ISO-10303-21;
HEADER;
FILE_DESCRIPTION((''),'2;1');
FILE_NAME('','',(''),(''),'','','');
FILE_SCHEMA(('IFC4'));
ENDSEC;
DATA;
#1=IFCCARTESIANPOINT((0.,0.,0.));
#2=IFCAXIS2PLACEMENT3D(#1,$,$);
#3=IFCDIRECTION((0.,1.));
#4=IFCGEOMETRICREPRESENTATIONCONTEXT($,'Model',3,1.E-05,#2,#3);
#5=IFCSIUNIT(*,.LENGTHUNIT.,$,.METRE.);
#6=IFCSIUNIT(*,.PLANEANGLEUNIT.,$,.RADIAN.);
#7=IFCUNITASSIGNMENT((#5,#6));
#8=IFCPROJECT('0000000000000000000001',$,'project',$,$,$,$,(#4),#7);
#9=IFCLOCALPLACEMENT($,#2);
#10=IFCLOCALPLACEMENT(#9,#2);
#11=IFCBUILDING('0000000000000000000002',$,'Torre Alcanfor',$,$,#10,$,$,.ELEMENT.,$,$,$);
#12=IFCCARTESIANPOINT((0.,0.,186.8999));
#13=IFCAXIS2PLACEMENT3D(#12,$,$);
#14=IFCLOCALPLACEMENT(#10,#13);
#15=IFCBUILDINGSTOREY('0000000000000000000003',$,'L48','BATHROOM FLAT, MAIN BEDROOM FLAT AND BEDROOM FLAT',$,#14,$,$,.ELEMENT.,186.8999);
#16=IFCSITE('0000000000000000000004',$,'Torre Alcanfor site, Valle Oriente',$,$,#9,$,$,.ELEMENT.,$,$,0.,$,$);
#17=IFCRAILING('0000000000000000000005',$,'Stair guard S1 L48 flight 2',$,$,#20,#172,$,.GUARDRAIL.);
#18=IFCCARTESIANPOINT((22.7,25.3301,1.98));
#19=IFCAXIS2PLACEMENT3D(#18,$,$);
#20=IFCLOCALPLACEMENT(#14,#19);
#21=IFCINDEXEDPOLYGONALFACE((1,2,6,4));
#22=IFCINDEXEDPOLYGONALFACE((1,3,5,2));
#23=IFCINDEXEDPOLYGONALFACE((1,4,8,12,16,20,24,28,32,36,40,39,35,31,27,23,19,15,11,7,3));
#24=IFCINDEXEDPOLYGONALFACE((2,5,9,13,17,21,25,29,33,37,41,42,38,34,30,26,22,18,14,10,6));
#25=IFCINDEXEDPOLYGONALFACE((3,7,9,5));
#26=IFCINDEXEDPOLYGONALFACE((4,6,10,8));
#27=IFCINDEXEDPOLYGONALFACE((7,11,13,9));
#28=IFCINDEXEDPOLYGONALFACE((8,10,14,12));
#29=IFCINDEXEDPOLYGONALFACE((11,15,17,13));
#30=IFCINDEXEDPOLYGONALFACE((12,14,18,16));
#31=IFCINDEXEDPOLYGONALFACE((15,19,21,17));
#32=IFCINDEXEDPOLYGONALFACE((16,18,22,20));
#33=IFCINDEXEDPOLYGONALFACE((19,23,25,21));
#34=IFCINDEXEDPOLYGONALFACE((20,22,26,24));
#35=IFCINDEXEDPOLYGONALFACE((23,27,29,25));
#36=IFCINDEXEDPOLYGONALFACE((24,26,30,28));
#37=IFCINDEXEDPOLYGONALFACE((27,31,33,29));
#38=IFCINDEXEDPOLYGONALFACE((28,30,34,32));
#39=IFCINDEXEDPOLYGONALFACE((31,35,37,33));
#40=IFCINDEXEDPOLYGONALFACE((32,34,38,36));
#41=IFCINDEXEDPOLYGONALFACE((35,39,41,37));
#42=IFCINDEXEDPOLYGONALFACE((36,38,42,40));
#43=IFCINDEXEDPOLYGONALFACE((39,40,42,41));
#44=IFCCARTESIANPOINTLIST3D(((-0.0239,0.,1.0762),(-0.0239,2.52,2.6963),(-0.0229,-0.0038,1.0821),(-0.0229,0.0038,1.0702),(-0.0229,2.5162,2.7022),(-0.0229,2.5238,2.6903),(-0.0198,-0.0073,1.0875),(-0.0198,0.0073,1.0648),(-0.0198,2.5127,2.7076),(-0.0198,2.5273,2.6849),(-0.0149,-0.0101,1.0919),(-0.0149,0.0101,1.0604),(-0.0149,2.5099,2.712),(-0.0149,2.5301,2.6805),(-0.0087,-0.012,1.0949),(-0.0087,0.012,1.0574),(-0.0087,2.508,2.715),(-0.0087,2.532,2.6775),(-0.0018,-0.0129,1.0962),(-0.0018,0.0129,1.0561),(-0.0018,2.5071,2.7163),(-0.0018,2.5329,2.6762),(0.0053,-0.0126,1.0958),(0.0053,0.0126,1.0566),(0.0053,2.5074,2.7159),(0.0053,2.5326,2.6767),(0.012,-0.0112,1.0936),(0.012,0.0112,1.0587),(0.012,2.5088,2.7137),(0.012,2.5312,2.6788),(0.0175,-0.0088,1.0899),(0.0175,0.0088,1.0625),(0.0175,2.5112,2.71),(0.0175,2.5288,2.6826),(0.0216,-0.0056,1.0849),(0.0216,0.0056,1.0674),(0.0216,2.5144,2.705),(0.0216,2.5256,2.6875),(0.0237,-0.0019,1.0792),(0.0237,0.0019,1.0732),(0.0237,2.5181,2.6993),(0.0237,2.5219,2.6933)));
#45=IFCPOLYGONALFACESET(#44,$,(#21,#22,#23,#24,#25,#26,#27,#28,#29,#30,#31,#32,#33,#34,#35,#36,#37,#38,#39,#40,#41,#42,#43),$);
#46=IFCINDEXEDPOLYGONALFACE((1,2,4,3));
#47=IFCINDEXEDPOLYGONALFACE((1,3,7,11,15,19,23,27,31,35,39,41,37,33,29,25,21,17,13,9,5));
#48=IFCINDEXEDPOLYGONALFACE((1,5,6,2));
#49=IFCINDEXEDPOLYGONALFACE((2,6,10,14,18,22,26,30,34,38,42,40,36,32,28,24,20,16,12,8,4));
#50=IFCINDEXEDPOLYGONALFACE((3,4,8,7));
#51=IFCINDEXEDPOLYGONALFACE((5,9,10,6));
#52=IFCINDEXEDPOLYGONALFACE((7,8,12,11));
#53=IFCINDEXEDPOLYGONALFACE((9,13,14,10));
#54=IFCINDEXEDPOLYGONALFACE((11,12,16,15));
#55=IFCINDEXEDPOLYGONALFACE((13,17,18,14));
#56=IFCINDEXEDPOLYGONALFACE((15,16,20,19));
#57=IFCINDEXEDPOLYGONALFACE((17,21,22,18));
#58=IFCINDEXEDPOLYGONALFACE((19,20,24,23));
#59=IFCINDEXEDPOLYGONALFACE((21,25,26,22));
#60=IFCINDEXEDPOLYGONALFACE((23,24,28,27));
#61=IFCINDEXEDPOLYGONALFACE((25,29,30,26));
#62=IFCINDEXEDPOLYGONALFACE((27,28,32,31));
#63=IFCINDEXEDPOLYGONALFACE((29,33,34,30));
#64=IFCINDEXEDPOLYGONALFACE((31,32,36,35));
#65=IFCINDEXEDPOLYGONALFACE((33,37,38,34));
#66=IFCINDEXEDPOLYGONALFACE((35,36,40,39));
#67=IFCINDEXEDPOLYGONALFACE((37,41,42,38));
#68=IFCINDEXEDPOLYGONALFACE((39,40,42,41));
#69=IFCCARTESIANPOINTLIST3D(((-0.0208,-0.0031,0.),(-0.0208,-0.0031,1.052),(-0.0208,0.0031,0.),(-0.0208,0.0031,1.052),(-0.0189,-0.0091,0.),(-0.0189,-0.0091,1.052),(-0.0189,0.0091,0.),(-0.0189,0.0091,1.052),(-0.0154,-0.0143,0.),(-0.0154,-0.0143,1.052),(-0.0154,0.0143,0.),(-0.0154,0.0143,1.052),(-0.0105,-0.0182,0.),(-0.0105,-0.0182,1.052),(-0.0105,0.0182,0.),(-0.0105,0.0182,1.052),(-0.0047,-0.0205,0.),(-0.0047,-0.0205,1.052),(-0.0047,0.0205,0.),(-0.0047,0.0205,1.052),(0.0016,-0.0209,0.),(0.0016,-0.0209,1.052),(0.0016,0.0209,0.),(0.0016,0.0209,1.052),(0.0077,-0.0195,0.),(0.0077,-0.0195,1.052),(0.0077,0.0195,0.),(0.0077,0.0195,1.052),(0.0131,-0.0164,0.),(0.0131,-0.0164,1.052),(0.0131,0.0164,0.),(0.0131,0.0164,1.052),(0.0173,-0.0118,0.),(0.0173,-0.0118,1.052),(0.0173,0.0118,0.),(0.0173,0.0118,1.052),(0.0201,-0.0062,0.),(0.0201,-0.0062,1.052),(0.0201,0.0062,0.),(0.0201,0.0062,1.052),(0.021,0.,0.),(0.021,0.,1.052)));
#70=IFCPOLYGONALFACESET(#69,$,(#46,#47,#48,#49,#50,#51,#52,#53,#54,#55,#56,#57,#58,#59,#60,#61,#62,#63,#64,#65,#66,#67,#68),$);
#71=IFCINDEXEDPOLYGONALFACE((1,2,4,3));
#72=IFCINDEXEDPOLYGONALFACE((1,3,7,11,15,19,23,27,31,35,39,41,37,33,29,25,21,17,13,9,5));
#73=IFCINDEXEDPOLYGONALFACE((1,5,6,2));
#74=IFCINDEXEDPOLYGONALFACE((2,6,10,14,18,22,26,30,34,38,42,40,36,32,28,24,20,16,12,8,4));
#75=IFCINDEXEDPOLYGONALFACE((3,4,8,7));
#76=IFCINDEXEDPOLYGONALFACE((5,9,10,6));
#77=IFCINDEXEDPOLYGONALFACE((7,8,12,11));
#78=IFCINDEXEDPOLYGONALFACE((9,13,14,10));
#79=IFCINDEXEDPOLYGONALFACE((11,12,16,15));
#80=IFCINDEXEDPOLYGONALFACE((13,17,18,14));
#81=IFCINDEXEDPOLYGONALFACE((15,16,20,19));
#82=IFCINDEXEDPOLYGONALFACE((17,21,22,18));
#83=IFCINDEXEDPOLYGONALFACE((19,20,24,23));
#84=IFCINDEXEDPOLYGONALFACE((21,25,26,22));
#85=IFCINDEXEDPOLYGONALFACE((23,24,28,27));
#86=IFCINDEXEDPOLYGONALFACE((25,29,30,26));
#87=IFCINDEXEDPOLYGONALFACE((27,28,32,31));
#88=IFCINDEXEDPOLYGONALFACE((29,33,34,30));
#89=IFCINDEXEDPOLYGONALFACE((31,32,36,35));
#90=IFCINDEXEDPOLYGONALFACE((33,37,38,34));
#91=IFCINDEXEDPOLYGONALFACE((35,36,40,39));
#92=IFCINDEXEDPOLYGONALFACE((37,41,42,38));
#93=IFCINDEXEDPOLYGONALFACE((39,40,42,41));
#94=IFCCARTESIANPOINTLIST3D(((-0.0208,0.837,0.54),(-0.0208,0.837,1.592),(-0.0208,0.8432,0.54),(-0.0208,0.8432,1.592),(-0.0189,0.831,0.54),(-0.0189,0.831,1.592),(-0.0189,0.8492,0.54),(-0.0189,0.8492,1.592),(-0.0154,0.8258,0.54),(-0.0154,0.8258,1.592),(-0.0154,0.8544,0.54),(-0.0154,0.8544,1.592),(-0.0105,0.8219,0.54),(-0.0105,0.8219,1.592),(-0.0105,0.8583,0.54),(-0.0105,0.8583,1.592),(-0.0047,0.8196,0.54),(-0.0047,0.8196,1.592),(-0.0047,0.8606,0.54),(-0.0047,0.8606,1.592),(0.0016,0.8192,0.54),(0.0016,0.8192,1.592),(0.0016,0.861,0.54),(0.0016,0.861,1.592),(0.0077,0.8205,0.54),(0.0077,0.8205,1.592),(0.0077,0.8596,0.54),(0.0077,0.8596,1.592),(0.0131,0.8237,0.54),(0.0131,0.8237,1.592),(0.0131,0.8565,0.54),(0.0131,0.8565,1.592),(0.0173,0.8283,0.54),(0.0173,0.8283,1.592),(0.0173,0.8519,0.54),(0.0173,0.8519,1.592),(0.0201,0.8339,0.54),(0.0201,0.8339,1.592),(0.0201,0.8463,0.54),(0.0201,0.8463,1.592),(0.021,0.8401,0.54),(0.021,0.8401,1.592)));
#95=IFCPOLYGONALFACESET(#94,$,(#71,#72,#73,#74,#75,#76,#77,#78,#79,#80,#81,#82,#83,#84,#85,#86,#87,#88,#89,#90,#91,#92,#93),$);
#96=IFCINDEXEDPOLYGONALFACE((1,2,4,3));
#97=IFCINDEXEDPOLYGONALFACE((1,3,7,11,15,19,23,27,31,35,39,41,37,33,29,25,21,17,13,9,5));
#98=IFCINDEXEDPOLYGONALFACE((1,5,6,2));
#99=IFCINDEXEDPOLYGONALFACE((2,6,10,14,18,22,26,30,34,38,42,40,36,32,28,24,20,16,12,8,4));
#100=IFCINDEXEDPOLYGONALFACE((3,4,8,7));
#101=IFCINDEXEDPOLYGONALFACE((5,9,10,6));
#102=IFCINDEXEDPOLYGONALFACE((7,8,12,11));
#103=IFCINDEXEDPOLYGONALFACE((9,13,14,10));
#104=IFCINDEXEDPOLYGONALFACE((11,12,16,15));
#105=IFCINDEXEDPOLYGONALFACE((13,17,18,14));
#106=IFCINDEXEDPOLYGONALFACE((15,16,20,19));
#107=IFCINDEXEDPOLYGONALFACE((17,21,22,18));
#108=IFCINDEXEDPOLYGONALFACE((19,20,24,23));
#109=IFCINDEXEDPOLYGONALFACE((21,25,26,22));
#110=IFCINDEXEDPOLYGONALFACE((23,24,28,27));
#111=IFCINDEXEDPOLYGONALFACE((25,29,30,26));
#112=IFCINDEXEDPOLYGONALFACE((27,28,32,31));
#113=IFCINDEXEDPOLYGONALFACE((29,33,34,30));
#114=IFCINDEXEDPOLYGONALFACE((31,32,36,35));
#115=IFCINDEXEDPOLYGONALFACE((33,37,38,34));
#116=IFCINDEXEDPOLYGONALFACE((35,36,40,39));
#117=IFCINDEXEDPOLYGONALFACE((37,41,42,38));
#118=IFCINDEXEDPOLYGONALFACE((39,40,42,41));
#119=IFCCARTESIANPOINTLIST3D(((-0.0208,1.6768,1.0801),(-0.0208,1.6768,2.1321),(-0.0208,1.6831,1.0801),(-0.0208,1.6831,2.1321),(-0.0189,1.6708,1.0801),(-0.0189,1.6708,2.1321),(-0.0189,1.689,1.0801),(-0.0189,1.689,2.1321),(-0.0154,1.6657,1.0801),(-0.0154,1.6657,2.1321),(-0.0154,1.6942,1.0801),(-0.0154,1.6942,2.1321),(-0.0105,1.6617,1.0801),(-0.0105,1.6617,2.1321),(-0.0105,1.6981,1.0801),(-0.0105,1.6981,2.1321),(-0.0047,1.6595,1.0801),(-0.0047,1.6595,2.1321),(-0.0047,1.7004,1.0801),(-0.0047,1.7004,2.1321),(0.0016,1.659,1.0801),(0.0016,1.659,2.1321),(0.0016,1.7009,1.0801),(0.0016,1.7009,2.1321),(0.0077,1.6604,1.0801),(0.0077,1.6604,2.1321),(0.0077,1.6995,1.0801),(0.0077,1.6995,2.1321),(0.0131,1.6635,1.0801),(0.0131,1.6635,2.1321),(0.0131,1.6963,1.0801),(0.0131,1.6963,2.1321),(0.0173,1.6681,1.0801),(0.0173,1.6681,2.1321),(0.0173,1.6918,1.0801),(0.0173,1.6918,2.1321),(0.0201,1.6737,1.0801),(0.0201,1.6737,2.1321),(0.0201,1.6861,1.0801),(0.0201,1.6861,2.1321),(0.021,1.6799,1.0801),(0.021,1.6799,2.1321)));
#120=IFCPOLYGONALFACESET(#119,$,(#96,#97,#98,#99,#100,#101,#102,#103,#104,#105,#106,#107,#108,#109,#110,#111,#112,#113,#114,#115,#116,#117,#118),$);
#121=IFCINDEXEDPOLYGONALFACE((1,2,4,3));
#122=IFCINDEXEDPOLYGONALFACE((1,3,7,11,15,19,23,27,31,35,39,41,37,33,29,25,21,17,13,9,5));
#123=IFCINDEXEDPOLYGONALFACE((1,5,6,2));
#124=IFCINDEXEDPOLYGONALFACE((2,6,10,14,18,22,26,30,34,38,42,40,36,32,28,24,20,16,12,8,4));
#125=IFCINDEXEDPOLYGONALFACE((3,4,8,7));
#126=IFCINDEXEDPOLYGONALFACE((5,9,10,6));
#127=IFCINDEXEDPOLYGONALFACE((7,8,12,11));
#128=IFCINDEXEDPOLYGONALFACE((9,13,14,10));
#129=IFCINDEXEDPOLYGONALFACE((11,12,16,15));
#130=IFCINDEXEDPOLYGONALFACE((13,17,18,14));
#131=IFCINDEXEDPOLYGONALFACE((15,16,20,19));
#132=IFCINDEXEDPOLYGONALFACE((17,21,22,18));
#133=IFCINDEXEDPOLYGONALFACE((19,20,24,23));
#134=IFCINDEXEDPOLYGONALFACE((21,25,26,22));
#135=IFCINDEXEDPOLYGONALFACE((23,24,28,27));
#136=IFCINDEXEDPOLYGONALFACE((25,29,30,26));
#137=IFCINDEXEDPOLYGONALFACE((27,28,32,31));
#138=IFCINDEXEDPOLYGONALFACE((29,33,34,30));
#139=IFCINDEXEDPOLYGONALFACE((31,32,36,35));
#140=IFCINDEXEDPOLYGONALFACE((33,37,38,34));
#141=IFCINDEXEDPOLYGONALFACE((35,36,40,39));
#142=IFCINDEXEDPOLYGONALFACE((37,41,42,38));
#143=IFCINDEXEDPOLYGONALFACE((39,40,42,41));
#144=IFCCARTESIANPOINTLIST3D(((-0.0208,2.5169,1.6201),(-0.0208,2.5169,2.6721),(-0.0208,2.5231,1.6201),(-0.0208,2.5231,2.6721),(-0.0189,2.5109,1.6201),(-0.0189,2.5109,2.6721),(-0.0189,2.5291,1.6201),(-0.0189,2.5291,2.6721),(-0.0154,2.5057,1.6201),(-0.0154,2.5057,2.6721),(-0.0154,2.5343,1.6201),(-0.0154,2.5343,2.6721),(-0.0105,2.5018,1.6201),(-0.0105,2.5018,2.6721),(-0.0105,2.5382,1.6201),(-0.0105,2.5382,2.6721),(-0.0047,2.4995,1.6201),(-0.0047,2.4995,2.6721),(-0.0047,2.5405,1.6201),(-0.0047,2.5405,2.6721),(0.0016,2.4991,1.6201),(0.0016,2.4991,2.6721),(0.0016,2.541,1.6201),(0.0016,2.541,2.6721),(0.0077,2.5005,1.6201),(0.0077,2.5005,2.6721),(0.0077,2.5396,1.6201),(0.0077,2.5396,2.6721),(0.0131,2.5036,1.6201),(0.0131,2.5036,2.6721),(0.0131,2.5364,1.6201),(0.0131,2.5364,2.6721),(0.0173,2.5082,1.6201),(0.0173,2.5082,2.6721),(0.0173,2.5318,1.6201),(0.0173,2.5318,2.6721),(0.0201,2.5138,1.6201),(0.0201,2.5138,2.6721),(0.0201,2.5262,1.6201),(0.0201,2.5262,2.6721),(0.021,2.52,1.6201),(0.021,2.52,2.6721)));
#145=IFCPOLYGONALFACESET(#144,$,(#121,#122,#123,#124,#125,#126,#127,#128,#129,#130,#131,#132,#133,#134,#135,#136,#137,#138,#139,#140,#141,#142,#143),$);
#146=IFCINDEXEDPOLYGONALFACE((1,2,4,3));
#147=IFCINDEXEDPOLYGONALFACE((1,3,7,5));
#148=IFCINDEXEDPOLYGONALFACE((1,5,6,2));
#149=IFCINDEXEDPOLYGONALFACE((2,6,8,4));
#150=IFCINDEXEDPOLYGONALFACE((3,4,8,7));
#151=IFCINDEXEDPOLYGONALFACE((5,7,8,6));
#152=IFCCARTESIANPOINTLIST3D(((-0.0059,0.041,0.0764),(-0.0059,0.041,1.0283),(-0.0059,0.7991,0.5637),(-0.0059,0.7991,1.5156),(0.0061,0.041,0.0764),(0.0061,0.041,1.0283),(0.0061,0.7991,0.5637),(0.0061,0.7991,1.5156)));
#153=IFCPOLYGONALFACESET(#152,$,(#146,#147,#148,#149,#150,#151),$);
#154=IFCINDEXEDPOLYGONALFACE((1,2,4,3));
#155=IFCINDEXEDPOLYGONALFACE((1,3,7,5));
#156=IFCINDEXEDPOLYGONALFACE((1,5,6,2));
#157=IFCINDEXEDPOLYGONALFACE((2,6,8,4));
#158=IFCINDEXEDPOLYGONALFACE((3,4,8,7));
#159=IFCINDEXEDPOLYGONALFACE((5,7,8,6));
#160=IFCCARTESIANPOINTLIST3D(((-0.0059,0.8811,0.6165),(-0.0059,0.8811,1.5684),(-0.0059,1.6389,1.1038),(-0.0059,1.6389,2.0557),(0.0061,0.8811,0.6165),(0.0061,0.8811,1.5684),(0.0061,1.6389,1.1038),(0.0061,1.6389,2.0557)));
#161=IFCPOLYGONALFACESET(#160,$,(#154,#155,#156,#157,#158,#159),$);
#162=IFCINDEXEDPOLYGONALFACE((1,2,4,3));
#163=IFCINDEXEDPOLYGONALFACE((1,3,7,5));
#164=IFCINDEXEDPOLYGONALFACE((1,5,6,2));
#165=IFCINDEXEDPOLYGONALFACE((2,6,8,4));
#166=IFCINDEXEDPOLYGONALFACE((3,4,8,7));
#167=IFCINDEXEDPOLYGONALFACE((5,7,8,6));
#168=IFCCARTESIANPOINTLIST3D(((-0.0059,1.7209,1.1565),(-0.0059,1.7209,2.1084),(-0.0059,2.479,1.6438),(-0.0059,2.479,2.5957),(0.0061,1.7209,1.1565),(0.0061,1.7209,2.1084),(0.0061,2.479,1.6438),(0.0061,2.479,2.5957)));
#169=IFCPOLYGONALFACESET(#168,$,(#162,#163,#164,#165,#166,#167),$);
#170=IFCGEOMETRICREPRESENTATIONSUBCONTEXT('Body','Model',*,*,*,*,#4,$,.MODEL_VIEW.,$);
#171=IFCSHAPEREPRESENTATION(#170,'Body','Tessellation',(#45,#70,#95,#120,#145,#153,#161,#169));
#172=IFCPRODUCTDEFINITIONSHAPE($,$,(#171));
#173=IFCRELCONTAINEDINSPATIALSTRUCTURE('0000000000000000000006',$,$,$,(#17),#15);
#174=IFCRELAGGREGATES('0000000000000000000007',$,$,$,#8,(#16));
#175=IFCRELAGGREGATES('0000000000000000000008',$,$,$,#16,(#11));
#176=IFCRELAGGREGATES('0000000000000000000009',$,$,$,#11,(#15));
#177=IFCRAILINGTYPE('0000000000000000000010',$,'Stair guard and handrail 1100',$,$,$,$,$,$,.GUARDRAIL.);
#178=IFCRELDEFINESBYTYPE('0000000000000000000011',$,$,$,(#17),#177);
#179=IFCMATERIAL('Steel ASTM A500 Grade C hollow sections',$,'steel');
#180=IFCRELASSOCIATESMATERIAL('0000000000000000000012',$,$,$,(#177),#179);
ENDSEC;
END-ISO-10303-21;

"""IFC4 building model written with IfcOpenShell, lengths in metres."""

from ifc_helpers import new_model, si_unit, direction, frame, origin, origin_2d, place, context, subcontext, project, spatial, polyline, circle, outline, extrude, material, type_object, element, save


model = new_model("IFC4")

# Units and contexts
model_context = context("Model", 3, precision=1e-05, world=origin(), true_north=direction((0.0, 1.0)))
body_context = subcontext(model_context, "Body", "Model", "MODEL_VIEW")
ifc_project = project(units=[si_unit("LENGTHUNIT", "METRE"), si_unit("PLANEANGLEUNIT", "RADIAN")], contexts=[model_context])

# Site, building, storey
site_placement = place(None, origin())
site = spatial("IfcSite", under=ifc_project, at=site_placement, Name="Torre Alcanfor site, Valle Oriente", CompositionType="ELEMENT", RefElevation=0.0)
building_placement = place(site_placement, origin())
building = spatial("IfcBuilding", under=site, at=building_placement, Name="Torre Alcanfor", CompositionType="ELEMENT")
storey_placement = place(building_placement, frame((0.0, 0.0, 186.8999)))
storey = spatial("IfcBuildingStorey", under=building, at=storey_placement, Name="L48", Description="BATHROOM FLAT, MAIN BEDROOM FLAT AND BEDROOM FLAT", CompositionType="ELEMENT", Elevation=186.8999)

# Railing
ifc_material_1 = material(Name="Steel ASTM A500 Grade C hollow sections", Category="steel")
railing_type_1 = type_object("IfcRailingType", Name="Stair guard and handrail 1100", PredefinedType="GUARDRAIL", material=ifc_material_1)
railing_1_placement = place(storey_placement, frame((22.7, 25.3301, 1.98)))
element("IfcRailing", 1, at=railing_1_placement, inside=storey, type_object=railing_type_1, Name="Stair guard S1 L48 flight 2", PredefinedType="GUARDRAIL", context=body_context, shape_type="SweptSolid", body=[
    extrude(circle(Radius=0.0239, at=origin_2d()), frame((0.0, 0.0, 1.0762), z_axis=(0.0, 0.841163, 0.540782), x_axis=(-1.0, 0.0, 0.0)), (0.0, 0.0, 1.0), 2.9958),
    extrude(circle(Radius=0.021, at=origin_2d()), origin(), (0.0, 0.0, 1.0), 1.052),
    extrude(circle(Radius=0.021, at=origin_2d()), frame((0.0, 0.8401, 0.54)), (0.0, 0.0, 1.0), 1.052),
    extrude(circle(Radius=0.021, at=origin_2d()), frame((0.0, 1.6799, 1.0801)), (0.0, 0.0, 1.0), 1.052),
    extrude(circle(Radius=0.021, at=origin_2d()), frame((0.0, 2.52, 1.6201)), (0.0, 0.0, 1.0), 1.052),
    extrude(outline(polyline([(0.041, 0.0764), (0.7991, 0.5637), (0.7991, 1.5156), (0.041, 1.0283), (0.041, 0.0764)])), frame((-0.0059, 0.0, 0.0), z_axis=(1.0, 0.0, 0.0), x_axis=(0.0, 1.0, 0.0)), (0.0, 0.0, 1.0), 0.012),
    extrude(outline(polyline([(0.8811, 0.6165), (1.6389, 1.1038), (1.6389, 2.0557), (0.8811, 1.5684), (0.8811, 0.6165)])), frame((-0.0059, 0.0, 0.0), z_axis=(1.0, 0.0, 0.0), x_axis=(0.0, 1.0, 0.0)), (0.0, 0.0, 1.0), 0.012),
    extrude(outline(polyline([(1.7209, 1.1565), (2.479, 1.6438), (2.479, 2.5957), (1.7209, 2.1084), (1.7209, 1.1565)])), frame((-0.0059, 0.0, 0.0), z_axis=(1.0, 0.0, 0.0), x_axis=(0.0, 1.0, 0.0)), (0.0, 0.0, 1.0), 0.012),
])

save(model, "model.ifc")
